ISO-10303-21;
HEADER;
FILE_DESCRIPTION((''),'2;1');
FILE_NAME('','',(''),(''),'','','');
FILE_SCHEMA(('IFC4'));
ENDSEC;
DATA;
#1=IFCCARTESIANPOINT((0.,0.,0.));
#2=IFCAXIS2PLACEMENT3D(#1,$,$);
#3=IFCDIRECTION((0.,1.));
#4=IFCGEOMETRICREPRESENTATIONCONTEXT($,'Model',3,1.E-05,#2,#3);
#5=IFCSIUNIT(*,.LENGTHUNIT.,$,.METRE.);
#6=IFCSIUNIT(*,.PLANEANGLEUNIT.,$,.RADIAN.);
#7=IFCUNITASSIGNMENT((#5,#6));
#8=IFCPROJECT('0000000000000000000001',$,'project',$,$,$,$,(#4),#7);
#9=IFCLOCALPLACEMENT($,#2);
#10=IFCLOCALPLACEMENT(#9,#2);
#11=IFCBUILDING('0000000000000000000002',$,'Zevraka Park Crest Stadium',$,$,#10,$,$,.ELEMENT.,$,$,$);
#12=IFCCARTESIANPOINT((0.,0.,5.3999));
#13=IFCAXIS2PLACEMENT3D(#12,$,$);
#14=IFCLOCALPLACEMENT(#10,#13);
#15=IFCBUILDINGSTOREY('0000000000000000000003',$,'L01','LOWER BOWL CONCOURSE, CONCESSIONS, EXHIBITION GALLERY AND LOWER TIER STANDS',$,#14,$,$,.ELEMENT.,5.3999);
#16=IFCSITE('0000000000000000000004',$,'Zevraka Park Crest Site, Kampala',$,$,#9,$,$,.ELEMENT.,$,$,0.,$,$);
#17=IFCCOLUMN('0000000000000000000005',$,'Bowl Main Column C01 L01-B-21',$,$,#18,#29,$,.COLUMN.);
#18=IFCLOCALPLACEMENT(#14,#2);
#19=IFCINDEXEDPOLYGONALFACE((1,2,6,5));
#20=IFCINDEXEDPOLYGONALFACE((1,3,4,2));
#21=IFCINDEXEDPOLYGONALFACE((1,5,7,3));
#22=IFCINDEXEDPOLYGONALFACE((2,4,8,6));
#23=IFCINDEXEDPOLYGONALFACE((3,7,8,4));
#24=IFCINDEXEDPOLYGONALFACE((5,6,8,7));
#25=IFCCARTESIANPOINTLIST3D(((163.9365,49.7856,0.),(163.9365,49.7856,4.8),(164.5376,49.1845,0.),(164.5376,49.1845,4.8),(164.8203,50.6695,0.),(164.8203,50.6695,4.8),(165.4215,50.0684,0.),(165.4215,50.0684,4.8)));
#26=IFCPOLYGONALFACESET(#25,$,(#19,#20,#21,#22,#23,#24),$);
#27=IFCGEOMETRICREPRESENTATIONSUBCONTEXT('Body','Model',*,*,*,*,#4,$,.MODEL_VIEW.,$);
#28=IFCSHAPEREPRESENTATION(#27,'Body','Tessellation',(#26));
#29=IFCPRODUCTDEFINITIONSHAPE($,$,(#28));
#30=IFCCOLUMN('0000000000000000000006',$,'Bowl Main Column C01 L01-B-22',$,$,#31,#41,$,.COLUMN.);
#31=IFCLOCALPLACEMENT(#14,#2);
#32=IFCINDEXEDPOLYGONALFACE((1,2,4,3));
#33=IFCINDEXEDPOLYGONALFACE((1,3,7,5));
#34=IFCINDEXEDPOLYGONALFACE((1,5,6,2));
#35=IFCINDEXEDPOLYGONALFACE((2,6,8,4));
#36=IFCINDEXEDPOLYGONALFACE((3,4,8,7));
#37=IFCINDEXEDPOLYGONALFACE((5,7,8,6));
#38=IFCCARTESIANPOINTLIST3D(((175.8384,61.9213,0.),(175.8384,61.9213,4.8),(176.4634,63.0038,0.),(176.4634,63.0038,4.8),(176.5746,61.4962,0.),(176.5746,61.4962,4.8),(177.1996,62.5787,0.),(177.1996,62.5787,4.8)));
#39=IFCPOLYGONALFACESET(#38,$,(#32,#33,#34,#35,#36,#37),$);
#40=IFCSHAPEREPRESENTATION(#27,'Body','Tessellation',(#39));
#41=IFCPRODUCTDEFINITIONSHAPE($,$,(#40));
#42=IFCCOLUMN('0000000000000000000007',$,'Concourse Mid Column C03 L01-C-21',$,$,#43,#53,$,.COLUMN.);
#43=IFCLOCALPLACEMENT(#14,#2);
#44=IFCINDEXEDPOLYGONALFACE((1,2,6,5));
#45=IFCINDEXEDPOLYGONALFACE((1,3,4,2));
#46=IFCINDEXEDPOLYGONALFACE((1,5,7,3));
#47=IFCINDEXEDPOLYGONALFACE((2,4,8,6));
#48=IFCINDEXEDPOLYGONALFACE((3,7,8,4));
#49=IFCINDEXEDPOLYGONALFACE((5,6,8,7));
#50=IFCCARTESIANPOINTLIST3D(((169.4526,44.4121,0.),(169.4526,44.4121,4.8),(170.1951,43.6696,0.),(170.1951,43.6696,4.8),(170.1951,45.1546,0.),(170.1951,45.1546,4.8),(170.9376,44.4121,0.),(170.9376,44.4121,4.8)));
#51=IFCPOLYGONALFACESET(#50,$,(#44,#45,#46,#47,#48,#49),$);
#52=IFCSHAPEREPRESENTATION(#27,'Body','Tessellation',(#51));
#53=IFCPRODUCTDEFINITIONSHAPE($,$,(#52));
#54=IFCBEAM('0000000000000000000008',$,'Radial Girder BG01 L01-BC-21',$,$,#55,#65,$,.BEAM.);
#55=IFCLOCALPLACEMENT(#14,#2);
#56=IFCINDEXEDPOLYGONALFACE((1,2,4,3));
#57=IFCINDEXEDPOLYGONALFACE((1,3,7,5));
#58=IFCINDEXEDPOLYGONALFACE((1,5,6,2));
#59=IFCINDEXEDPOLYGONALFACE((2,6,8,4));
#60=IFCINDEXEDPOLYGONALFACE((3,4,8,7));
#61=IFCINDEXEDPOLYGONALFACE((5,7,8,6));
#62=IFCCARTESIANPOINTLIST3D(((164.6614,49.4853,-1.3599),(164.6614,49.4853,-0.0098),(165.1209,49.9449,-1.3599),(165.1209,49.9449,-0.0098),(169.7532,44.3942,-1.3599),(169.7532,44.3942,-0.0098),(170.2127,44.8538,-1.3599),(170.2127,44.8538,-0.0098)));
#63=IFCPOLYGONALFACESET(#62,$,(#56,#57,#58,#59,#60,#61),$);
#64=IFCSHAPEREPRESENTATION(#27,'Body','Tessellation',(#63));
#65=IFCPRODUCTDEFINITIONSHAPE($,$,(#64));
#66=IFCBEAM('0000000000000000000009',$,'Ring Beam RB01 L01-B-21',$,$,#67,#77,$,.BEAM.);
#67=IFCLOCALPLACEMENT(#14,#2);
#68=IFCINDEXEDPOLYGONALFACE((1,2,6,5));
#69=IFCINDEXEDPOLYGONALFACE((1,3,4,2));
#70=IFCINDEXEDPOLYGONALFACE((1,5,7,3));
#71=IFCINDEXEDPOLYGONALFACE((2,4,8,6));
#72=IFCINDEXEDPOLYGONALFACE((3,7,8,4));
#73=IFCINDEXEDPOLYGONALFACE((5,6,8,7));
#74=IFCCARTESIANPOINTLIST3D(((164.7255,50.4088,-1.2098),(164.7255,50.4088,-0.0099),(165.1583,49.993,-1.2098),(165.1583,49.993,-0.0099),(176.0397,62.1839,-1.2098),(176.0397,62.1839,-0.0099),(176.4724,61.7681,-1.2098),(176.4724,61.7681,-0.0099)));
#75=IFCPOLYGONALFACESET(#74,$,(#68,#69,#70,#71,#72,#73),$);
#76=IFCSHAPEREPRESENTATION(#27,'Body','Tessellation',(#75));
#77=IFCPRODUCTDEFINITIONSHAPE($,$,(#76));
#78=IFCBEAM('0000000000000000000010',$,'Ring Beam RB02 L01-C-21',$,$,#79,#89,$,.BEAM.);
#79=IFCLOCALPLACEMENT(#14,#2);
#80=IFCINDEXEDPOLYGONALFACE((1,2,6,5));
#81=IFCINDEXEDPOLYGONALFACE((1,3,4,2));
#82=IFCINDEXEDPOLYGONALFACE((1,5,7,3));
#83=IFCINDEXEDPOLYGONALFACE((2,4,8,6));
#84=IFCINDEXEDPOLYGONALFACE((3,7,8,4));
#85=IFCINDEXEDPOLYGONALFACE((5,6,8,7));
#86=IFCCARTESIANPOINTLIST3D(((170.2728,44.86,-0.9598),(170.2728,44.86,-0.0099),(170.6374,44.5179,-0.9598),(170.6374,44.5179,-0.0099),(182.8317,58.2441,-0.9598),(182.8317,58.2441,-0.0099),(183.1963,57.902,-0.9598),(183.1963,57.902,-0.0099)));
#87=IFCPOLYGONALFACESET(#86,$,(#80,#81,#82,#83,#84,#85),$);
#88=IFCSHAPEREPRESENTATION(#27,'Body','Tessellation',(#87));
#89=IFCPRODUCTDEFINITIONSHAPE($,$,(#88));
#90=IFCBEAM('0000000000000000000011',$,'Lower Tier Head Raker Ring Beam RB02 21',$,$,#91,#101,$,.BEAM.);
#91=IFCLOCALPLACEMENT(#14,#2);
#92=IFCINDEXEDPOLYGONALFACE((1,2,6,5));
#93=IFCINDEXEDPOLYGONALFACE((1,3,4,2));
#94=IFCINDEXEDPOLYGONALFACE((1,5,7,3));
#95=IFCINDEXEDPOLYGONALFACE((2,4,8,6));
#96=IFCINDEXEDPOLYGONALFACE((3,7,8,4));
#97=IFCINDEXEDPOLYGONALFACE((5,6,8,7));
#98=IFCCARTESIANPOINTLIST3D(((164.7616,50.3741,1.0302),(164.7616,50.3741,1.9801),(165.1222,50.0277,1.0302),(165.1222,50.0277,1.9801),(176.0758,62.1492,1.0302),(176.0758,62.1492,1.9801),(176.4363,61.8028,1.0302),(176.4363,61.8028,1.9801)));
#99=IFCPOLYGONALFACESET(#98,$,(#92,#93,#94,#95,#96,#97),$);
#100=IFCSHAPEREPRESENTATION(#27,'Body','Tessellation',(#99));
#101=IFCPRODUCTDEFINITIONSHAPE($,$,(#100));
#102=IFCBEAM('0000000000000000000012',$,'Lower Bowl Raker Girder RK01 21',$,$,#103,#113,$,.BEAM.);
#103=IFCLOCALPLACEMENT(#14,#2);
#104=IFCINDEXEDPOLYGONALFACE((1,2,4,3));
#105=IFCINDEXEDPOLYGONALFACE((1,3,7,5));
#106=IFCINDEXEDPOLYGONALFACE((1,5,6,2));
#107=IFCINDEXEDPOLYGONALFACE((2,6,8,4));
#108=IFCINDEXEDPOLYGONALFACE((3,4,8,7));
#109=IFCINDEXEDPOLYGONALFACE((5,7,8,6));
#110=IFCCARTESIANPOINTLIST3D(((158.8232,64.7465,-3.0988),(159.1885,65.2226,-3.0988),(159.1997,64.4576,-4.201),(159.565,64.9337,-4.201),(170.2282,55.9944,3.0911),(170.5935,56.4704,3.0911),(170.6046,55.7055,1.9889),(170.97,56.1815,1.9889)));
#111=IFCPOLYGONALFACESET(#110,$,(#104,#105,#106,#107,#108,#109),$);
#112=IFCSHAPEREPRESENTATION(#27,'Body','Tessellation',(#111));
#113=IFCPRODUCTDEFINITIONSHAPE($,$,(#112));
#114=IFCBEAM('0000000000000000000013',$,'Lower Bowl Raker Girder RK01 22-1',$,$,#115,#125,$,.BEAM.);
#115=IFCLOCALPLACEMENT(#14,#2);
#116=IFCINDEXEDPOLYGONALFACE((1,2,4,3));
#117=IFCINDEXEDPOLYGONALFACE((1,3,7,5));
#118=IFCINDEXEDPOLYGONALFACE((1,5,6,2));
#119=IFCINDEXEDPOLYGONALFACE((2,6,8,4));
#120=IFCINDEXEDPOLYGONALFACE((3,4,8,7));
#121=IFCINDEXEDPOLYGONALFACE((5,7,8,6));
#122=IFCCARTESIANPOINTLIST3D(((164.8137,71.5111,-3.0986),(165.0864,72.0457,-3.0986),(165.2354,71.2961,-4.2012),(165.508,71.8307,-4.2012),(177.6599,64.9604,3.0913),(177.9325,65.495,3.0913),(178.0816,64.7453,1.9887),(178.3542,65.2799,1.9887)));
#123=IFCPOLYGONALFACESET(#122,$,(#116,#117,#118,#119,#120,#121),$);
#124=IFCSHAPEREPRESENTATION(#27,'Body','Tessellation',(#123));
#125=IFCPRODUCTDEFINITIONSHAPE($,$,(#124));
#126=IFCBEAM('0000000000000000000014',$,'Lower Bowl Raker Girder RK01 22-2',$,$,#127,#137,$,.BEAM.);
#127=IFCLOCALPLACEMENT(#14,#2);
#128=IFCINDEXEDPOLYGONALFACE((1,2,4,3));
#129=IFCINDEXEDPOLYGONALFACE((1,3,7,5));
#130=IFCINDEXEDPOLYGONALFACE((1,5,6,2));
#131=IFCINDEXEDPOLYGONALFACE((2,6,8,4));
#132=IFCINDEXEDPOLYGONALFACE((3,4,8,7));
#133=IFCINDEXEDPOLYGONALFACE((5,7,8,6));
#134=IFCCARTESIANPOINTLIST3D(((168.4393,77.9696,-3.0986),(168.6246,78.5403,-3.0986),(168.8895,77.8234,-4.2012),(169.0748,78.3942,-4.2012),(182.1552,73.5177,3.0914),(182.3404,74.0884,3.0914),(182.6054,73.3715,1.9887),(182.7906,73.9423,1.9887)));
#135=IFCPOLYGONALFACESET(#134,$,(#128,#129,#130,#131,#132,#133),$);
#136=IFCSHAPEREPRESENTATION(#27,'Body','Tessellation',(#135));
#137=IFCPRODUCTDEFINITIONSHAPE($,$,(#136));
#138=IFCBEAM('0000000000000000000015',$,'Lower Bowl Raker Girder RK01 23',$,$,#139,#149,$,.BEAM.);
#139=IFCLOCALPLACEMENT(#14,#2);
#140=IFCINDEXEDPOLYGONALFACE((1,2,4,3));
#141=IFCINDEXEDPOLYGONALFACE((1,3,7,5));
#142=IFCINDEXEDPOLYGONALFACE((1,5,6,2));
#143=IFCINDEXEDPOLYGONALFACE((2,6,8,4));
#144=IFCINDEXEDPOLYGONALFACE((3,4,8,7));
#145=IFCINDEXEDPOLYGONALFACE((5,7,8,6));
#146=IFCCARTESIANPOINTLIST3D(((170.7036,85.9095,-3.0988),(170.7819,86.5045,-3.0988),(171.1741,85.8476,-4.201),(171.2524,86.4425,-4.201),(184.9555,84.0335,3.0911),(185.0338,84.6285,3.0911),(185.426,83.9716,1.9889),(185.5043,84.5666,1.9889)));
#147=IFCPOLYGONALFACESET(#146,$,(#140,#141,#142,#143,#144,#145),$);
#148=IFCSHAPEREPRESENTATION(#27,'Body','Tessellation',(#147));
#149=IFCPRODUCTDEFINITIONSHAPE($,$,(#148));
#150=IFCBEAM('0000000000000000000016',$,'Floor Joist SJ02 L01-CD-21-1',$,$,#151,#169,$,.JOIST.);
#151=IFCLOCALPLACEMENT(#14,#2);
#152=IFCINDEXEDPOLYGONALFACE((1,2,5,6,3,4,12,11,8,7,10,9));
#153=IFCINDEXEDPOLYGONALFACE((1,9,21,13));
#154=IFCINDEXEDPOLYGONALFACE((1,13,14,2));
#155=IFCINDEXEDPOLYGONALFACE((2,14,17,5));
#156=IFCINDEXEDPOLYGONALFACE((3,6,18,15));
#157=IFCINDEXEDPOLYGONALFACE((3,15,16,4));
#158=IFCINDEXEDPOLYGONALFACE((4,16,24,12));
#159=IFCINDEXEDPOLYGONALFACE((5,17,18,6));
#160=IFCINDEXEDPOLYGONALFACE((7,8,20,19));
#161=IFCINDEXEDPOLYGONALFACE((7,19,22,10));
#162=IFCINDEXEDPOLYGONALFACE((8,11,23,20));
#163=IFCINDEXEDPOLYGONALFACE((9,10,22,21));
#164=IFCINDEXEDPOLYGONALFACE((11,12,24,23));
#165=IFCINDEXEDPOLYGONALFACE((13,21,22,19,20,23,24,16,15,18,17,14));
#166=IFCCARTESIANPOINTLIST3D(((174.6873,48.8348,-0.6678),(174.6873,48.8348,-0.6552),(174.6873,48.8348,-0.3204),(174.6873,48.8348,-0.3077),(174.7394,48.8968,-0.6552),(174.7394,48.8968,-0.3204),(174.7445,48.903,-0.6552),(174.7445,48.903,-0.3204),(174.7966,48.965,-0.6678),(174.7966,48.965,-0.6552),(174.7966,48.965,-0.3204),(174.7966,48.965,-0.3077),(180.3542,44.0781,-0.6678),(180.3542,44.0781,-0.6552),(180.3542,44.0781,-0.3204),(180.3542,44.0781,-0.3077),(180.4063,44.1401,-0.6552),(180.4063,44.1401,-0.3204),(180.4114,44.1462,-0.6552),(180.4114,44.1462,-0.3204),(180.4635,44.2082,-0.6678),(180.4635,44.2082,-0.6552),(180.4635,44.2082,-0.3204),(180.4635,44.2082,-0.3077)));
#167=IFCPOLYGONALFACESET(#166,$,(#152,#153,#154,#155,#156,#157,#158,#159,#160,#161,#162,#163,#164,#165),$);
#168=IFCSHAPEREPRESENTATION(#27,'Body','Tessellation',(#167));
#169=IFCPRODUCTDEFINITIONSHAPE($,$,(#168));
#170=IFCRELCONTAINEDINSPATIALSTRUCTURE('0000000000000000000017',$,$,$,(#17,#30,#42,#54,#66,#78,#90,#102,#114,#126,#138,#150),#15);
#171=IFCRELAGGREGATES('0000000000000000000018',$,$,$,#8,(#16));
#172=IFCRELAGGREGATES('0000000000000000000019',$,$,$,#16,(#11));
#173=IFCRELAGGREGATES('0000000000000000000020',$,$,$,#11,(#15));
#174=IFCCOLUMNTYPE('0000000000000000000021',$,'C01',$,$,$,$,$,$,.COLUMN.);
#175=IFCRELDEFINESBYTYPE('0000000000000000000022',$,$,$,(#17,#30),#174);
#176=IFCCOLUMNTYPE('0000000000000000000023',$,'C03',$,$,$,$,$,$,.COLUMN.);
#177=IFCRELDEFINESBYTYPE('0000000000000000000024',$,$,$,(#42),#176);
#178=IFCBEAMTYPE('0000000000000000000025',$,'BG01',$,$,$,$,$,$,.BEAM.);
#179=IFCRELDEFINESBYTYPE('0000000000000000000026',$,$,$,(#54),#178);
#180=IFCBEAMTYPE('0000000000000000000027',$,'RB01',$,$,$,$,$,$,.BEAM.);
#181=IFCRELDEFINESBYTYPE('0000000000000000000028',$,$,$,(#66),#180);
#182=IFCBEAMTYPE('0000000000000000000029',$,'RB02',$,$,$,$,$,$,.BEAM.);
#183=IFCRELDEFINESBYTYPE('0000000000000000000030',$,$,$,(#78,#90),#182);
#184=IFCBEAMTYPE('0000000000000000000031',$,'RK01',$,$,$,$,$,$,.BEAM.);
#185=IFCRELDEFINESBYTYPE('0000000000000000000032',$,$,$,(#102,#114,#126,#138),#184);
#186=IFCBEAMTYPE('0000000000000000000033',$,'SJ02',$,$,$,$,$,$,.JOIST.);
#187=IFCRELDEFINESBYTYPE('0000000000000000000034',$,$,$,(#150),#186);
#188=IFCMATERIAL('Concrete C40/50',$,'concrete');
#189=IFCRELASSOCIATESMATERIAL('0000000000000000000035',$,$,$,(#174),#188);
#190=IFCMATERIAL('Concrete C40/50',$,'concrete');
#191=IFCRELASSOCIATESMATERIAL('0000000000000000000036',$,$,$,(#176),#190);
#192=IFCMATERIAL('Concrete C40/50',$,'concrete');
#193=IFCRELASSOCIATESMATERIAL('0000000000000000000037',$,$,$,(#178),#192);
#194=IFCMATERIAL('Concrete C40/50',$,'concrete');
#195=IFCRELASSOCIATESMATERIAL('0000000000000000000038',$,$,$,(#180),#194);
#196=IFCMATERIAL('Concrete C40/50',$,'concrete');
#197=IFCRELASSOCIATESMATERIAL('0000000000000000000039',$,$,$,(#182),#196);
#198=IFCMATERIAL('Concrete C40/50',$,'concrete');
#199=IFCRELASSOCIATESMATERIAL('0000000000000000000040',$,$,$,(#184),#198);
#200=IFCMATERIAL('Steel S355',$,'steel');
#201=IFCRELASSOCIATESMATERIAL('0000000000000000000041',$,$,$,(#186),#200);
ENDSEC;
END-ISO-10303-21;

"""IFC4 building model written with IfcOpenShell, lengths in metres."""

from ifc_helpers import new_model, si_unit, direction, frame, origin, origin_2d, place, context, subcontext, project, spatial, rectangle, i_section, extrude, material, material_profile, profile_set, type_object, element, save


model = new_model("IFC4")

# Units and contexts
model_context = context("Model", 3, precision=1e-05, world=origin(), true_north=direction((0.0, 1.0)))
body_context = subcontext(model_context, "Body", "Model", "MODEL_VIEW")
ifc_project = project(units=[si_unit("LENGTHUNIT", "METRE"), si_unit("PLANEANGLEUNIT", "RADIAN")], contexts=[model_context])

# Site, building, storey
site_placement = place(None, origin())
site = spatial("IfcSite", under=ifc_project, at=site_placement, Name="Zevraka Park Crest Site, Kampala", CompositionType="ELEMENT", RefElevation=0.0)
building_placement = place(site_placement, origin())
building = spatial("IfcBuilding", under=site, at=building_placement, Name="Zevraka Park Crest Stadium", CompositionType="ELEMENT")
storey_placement = place(building_placement, frame((0.0, 0.0, 5.3999)))
storey = spatial("IfcBuildingStorey", under=building, at=storey_placement, Name="L01", Description="LOWER BOWL CONCOURSE, CONCESSIONS, EXHIBITION GALLERY AND LOWER TIER STANDS", CompositionType="ELEMENT", Elevation=5.3999)

# Columns
ifc_material_1 = material(Name="Concrete C40/50", Category="concrete")
ifc_material_profile_1 = material_profile(ifc_material_1, rectangle(XDim=0.8501, YDim=1.25, at=origin_2d()), Name="RC 1250x850")
ifc_profile_set_1 = profile_set([ifc_material_profile_1], Name="Concrete C40/50")
column_type_1 = type_object("IfcColumnType", Name="C01", PredefinedType="COLUMN", material=ifc_profile_set_1)
for number, where, z_axis, x_axis, name in (
    (1, (164.679, 49.927, 0.0), (0.0, 0.0, 1.0), (-0.707107, 0.707107, 0.0), "Bowl Main Column C01 L01-B-21"),
    (2, (176.519, 62.25, 0.0), (0.0, 0.0, 1.0), (-0.866025, 0.5, 0.0), "Bowl Main Column C01 L01-B-22"),
):
    element("IfcColumn", number, at=place(storey_placement, frame(where, z_axis=z_axis, x_axis=x_axis)), inside=storey, type_object=column_type_1, Name=name, PredefinedType="COLUMN", context=body_context, shape_type="SweptSolid", body=[
        extrude(rectangle(XDim=0.8501, YDim=1.25, at=origin_2d()), origin(), (0.0, 0.0, 1.0), 4.8),
    ])
ifc_material_2 = material(Name="Concrete C40/50", Category="concrete")
ifc_material_profile_2 = material_profile(ifc_material_2, rectangle(XDim=1.05, YDim=1.05, at=origin_2d()), Name="RC 1050x1050")
ifc_profile_set_2 = profile_set([ifc_material_profile_2], Name="Concrete C40/50")
column_type_2 = type_object("IfcColumnType", Name="C03", PredefinedType="COLUMN", material=ifc_profile_set_2)
column_placement = place(storey_placement, frame((170.1951, 44.4121, 0.0), z_axis=(0.0, 0.0, 1.0), x_axis=(-0.707107, 0.707107, 0.0)))
element("IfcColumn", 3, at=column_placement, inside=storey, type_object=column_type_2, Name="Concourse Mid Column C03 L01-C-21", PredefinedType="COLUMN", context=body_context, shape_type="SweptSolid", body=[
    extrude(rectangle(XDim=1.05, YDim=1.05, at=origin_2d()), origin(), (0.0, 0.0, 1.0), 4.8),
])

# Beams
ifc_material_3 = material(Name="Concrete C40/50", Category="concrete")
ifc_material_profile_3 = material_profile(ifc_material_3, rectangle(XDim=0.6499, YDim=1.3501, at=origin_2d()), Name="RC 1350x650")
ifc_profile_set_3 = profile_set([ifc_material_profile_3], Name="Concrete C40/50")
beam_type_1 = type_object("IfcBeamType", Name="BG01", PredefinedType="BEAM", material=ifc_profile_set_3)
beam_1_placement = place(storey_placement, frame((164.8911, 49.7151, -0.6848), z_axis=(0.707158, -0.707056, 0.0), x_axis=(0.707056, 0.707158, 0.0)))
element("IfcBeam", 4, at=beam_1_placement, inside=storey, type_object=beam_type_1, Name="Radial Girder BG01 L01-BC-21", PredefinedType="BEAM", context=body_context, shape_type="SweptSolid", body=[
    extrude(rectangle(XDim=0.6499, YDim=1.3501, at=origin_2d()), origin(), (0.0, 0.0, 1.0), 7.2004),
])
ifc_material_4 = material(Name="Concrete C40/50", Category="concrete")
ifc_material_profile_4 = material_profile(ifc_material_4, rectangle(XDim=0.6001, YDim=1.2, at=origin_2d()), Name="RC 1200x600")
ifc_profile_set_4 = profile_set([ifc_material_profile_4], Name="Concrete C40/50")
beam_type_2 = type_object("IfcBeamType", Name="RB01", PredefinedType="BEAM", material=ifc_profile_set_4)
beam_2_placement = place(storey_placement, frame((164.9419, 50.2009, -0.6099), z_axis=(0.692853, 0.721079, 0.0), x_axis=(-0.721079, 0.692853, 0.0)))
element("IfcBeam", 5, at=beam_2_placement, inside=storey, type_object=beam_type_2, Name="Ring Beam RB01 L01-B-21", PredefinedType="BEAM", context=body_context, shape_type="SweptSolid", body=[
    extrude(rectangle(XDim=0.6001, YDim=1.2, at=origin_2d()), origin(), (0.0, 0.0, 1.0), 16.3298),
])
ifc_material_5 = material(Name="Concrete C40/50", Category="concrete")
ifc_material_profile_5 = material_profile(ifc_material_5, rectangle(XDim=0.5, YDim=0.95, at=origin_2d()), Name="RC 950x500")
ifc_profile_set_5 = profile_set([ifc_material_profile_5], Name="Concrete C40/50")
beam_type_3 = type_object("IfcBeamType", Name="RB02", PredefinedType="BEAM", material=ifc_profile_set_5)
beam_3_placement = place(storey_placement, frame((170.4551, 44.689, -0.4849), z_axis=(0.684269, 0.72923, 0.0), x_axis=(-0.72923, 0.684269, 0.0)))
element("IfcBeam", 6, at=beam_3_placement, inside=storey, type_object=beam_type_3, Name="Ring Beam RB02 L01-C-21", PredefinedType="BEAM", context=body_context, shape_type="SweptSolid", body=[
    extrude(rectangle(XDim=0.5, YDim=0.95, at=origin_2d()), origin(), (0.0, 0.0, 1.0), 18.3538),
])
beam_4_placement = place(storey_placement, frame((164.9419, 50.2009, 1.5051), z_axis=(0.692853, 0.721079, 0.0), x_axis=(-0.721079, 0.692853, 0.0)))
element("IfcBeam", 7, at=beam_4_placement, inside=storey, type_object=beam_type_3, Name="Lower Tier Head Raker Ring Beam RB02 21", PredefinedType="BEAM", context=body_context, shape_type="SweptSolid", body=[
    extrude(rectangle(XDim=0.5, YDim=0.95, at=origin_2d()), origin(), (0.0, 0.0, 1.0), 16.3298),
])
ifc_material_6 = material(Name="Concrete C40/50", Category="concrete")
ifc_material_profile_6 = material_profile(ifc_material_6, rectangle(XDim=0.6001, YDim=1.2, at=origin_2d()), Name="RC 1200x600")
ifc_profile_set_6 = profile_set([ifc_material_profile_6], Name="Concrete C40/50")
beam_type_4 = type_object("IfcBeamType", Name="RK01", PredefinedType="BEAM", material=ifc_profile_set_6)
beam_5_placement = place(storey_placement, frame((159.1941, 64.8401, -3.6499), z_axis=(0.728654, -0.559168, 0.395468), x_axis=(0.608797, 0.793326, 0.0)))
element("IfcBeam", 8, at=beam_5_placement, inside=storey, type_object=beam_type_4, Name="Lower Bowl Raker Girder RK01 21", PredefinedType="BEAM", context=body_context, shape_type="SweptSolid", body=[
    extrude(rectangle(XDim=0.6001, YDim=1.2, at=origin_2d()), origin(), (0.0, 0.0, 1.0), 15.6521),
])
beam_6_placement = place(storey_placement, frame((165.1609, 71.6709, -3.6499), z_axis=(0.818623, -0.417448, 0.394454), x_axis=(0.454283, 0.890857, 0.0)))
element("IfcBeam", 9, at=beam_6_placement, inside=storey, type_object=beam_type_4, Name="Lower Bowl Raker Girder RK01 22-1", PredefinedType="BEAM", context=body_context, shape_type="SweptSolid", body=[
    extrude(rectangle(XDim=0.6001, YDim=1.2, at=origin_2d()), origin(), (0.0, 0.0, 1.0), 15.6924),
])
beam_7_placement = place(storey_placement, frame((168.7571, 78.1819, -3.6499), z_axis=(0.87403, -0.283694, 0.394449), x_axis=(0.308726, 0.951151, 0.0)))
element("IfcBeam", 10, at=beam_7_placement, inside=storey, type_object=beam_type_4, Name="Lower Bowl Raker Girder RK01 22-2", PredefinedType="BEAM", context=body_context, shape_type="SweptSolid", body=[
    extrude(rectangle(XDim=0.6001, YDim=1.2, at=origin_2d()), origin(), (0.0, 0.0, 1.0), 15.6926),
])
beam_8_placement = place(storey_placement, frame((170.978, 86.176, -3.6499), z_axis=(0.910612, -0.119863, 0.395499), x_axis=(0.130504, 0.991448, 0.0)))
element("IfcBeam", 11, at=beam_8_placement, inside=storey, type_object=beam_type_4, Name="Lower Bowl Raker Girder RK01 23", PredefinedType="BEAM", context=body_context, shape_type="SweptSolid", body=[
    extrude(rectangle(XDim=0.6001, YDim=1.2, at=origin_2d()), origin(), (0.0, 0.0, 1.0), 15.6509),
])
ifc_material_7 = material(Name="Steel S355", Category="steel")
ifc_material_profile_7 = material_profile(ifc_material_7, i_section(OverallWidth=0.1699, OverallDepth=0.3601, WebThickness=0.0081, FlangeThickness=0.0127, at=origin_2d()), Name="IPE 360")
ifc_profile_set_7 = profile_set([ifc_material_profile_7], Name="Steel S355")
beam_type_5 = type_object("IfcBeamType", Name="SJ02", PredefinedType="JOIST", material=ifc_profile_set_7)
beam_9_placement = place(storey_placement, frame((174.7419, 48.8999, -0.4878), z_axis=(0.765934, -0.64292, 0.0), x_axis=(0.64292, 0.765934, 0.0)))
element("IfcBeam", 12, at=beam_9_placement, inside=storey, type_object=beam_type_5, Name="Floor Joist SJ02 L01-CD-21-1", PredefinedType="JOIST", context=body_context, shape_type="SweptSolid", body=[
    extrude(i_section(OverallWidth=0.1699, OverallDepth=0.3601, WebThickness=0.0081, FlangeThickness=0.0127, at=origin_2d()), origin(), (0.0, 0.0, 1.0), 7.3987),
])

save(model, "model.ifc")
